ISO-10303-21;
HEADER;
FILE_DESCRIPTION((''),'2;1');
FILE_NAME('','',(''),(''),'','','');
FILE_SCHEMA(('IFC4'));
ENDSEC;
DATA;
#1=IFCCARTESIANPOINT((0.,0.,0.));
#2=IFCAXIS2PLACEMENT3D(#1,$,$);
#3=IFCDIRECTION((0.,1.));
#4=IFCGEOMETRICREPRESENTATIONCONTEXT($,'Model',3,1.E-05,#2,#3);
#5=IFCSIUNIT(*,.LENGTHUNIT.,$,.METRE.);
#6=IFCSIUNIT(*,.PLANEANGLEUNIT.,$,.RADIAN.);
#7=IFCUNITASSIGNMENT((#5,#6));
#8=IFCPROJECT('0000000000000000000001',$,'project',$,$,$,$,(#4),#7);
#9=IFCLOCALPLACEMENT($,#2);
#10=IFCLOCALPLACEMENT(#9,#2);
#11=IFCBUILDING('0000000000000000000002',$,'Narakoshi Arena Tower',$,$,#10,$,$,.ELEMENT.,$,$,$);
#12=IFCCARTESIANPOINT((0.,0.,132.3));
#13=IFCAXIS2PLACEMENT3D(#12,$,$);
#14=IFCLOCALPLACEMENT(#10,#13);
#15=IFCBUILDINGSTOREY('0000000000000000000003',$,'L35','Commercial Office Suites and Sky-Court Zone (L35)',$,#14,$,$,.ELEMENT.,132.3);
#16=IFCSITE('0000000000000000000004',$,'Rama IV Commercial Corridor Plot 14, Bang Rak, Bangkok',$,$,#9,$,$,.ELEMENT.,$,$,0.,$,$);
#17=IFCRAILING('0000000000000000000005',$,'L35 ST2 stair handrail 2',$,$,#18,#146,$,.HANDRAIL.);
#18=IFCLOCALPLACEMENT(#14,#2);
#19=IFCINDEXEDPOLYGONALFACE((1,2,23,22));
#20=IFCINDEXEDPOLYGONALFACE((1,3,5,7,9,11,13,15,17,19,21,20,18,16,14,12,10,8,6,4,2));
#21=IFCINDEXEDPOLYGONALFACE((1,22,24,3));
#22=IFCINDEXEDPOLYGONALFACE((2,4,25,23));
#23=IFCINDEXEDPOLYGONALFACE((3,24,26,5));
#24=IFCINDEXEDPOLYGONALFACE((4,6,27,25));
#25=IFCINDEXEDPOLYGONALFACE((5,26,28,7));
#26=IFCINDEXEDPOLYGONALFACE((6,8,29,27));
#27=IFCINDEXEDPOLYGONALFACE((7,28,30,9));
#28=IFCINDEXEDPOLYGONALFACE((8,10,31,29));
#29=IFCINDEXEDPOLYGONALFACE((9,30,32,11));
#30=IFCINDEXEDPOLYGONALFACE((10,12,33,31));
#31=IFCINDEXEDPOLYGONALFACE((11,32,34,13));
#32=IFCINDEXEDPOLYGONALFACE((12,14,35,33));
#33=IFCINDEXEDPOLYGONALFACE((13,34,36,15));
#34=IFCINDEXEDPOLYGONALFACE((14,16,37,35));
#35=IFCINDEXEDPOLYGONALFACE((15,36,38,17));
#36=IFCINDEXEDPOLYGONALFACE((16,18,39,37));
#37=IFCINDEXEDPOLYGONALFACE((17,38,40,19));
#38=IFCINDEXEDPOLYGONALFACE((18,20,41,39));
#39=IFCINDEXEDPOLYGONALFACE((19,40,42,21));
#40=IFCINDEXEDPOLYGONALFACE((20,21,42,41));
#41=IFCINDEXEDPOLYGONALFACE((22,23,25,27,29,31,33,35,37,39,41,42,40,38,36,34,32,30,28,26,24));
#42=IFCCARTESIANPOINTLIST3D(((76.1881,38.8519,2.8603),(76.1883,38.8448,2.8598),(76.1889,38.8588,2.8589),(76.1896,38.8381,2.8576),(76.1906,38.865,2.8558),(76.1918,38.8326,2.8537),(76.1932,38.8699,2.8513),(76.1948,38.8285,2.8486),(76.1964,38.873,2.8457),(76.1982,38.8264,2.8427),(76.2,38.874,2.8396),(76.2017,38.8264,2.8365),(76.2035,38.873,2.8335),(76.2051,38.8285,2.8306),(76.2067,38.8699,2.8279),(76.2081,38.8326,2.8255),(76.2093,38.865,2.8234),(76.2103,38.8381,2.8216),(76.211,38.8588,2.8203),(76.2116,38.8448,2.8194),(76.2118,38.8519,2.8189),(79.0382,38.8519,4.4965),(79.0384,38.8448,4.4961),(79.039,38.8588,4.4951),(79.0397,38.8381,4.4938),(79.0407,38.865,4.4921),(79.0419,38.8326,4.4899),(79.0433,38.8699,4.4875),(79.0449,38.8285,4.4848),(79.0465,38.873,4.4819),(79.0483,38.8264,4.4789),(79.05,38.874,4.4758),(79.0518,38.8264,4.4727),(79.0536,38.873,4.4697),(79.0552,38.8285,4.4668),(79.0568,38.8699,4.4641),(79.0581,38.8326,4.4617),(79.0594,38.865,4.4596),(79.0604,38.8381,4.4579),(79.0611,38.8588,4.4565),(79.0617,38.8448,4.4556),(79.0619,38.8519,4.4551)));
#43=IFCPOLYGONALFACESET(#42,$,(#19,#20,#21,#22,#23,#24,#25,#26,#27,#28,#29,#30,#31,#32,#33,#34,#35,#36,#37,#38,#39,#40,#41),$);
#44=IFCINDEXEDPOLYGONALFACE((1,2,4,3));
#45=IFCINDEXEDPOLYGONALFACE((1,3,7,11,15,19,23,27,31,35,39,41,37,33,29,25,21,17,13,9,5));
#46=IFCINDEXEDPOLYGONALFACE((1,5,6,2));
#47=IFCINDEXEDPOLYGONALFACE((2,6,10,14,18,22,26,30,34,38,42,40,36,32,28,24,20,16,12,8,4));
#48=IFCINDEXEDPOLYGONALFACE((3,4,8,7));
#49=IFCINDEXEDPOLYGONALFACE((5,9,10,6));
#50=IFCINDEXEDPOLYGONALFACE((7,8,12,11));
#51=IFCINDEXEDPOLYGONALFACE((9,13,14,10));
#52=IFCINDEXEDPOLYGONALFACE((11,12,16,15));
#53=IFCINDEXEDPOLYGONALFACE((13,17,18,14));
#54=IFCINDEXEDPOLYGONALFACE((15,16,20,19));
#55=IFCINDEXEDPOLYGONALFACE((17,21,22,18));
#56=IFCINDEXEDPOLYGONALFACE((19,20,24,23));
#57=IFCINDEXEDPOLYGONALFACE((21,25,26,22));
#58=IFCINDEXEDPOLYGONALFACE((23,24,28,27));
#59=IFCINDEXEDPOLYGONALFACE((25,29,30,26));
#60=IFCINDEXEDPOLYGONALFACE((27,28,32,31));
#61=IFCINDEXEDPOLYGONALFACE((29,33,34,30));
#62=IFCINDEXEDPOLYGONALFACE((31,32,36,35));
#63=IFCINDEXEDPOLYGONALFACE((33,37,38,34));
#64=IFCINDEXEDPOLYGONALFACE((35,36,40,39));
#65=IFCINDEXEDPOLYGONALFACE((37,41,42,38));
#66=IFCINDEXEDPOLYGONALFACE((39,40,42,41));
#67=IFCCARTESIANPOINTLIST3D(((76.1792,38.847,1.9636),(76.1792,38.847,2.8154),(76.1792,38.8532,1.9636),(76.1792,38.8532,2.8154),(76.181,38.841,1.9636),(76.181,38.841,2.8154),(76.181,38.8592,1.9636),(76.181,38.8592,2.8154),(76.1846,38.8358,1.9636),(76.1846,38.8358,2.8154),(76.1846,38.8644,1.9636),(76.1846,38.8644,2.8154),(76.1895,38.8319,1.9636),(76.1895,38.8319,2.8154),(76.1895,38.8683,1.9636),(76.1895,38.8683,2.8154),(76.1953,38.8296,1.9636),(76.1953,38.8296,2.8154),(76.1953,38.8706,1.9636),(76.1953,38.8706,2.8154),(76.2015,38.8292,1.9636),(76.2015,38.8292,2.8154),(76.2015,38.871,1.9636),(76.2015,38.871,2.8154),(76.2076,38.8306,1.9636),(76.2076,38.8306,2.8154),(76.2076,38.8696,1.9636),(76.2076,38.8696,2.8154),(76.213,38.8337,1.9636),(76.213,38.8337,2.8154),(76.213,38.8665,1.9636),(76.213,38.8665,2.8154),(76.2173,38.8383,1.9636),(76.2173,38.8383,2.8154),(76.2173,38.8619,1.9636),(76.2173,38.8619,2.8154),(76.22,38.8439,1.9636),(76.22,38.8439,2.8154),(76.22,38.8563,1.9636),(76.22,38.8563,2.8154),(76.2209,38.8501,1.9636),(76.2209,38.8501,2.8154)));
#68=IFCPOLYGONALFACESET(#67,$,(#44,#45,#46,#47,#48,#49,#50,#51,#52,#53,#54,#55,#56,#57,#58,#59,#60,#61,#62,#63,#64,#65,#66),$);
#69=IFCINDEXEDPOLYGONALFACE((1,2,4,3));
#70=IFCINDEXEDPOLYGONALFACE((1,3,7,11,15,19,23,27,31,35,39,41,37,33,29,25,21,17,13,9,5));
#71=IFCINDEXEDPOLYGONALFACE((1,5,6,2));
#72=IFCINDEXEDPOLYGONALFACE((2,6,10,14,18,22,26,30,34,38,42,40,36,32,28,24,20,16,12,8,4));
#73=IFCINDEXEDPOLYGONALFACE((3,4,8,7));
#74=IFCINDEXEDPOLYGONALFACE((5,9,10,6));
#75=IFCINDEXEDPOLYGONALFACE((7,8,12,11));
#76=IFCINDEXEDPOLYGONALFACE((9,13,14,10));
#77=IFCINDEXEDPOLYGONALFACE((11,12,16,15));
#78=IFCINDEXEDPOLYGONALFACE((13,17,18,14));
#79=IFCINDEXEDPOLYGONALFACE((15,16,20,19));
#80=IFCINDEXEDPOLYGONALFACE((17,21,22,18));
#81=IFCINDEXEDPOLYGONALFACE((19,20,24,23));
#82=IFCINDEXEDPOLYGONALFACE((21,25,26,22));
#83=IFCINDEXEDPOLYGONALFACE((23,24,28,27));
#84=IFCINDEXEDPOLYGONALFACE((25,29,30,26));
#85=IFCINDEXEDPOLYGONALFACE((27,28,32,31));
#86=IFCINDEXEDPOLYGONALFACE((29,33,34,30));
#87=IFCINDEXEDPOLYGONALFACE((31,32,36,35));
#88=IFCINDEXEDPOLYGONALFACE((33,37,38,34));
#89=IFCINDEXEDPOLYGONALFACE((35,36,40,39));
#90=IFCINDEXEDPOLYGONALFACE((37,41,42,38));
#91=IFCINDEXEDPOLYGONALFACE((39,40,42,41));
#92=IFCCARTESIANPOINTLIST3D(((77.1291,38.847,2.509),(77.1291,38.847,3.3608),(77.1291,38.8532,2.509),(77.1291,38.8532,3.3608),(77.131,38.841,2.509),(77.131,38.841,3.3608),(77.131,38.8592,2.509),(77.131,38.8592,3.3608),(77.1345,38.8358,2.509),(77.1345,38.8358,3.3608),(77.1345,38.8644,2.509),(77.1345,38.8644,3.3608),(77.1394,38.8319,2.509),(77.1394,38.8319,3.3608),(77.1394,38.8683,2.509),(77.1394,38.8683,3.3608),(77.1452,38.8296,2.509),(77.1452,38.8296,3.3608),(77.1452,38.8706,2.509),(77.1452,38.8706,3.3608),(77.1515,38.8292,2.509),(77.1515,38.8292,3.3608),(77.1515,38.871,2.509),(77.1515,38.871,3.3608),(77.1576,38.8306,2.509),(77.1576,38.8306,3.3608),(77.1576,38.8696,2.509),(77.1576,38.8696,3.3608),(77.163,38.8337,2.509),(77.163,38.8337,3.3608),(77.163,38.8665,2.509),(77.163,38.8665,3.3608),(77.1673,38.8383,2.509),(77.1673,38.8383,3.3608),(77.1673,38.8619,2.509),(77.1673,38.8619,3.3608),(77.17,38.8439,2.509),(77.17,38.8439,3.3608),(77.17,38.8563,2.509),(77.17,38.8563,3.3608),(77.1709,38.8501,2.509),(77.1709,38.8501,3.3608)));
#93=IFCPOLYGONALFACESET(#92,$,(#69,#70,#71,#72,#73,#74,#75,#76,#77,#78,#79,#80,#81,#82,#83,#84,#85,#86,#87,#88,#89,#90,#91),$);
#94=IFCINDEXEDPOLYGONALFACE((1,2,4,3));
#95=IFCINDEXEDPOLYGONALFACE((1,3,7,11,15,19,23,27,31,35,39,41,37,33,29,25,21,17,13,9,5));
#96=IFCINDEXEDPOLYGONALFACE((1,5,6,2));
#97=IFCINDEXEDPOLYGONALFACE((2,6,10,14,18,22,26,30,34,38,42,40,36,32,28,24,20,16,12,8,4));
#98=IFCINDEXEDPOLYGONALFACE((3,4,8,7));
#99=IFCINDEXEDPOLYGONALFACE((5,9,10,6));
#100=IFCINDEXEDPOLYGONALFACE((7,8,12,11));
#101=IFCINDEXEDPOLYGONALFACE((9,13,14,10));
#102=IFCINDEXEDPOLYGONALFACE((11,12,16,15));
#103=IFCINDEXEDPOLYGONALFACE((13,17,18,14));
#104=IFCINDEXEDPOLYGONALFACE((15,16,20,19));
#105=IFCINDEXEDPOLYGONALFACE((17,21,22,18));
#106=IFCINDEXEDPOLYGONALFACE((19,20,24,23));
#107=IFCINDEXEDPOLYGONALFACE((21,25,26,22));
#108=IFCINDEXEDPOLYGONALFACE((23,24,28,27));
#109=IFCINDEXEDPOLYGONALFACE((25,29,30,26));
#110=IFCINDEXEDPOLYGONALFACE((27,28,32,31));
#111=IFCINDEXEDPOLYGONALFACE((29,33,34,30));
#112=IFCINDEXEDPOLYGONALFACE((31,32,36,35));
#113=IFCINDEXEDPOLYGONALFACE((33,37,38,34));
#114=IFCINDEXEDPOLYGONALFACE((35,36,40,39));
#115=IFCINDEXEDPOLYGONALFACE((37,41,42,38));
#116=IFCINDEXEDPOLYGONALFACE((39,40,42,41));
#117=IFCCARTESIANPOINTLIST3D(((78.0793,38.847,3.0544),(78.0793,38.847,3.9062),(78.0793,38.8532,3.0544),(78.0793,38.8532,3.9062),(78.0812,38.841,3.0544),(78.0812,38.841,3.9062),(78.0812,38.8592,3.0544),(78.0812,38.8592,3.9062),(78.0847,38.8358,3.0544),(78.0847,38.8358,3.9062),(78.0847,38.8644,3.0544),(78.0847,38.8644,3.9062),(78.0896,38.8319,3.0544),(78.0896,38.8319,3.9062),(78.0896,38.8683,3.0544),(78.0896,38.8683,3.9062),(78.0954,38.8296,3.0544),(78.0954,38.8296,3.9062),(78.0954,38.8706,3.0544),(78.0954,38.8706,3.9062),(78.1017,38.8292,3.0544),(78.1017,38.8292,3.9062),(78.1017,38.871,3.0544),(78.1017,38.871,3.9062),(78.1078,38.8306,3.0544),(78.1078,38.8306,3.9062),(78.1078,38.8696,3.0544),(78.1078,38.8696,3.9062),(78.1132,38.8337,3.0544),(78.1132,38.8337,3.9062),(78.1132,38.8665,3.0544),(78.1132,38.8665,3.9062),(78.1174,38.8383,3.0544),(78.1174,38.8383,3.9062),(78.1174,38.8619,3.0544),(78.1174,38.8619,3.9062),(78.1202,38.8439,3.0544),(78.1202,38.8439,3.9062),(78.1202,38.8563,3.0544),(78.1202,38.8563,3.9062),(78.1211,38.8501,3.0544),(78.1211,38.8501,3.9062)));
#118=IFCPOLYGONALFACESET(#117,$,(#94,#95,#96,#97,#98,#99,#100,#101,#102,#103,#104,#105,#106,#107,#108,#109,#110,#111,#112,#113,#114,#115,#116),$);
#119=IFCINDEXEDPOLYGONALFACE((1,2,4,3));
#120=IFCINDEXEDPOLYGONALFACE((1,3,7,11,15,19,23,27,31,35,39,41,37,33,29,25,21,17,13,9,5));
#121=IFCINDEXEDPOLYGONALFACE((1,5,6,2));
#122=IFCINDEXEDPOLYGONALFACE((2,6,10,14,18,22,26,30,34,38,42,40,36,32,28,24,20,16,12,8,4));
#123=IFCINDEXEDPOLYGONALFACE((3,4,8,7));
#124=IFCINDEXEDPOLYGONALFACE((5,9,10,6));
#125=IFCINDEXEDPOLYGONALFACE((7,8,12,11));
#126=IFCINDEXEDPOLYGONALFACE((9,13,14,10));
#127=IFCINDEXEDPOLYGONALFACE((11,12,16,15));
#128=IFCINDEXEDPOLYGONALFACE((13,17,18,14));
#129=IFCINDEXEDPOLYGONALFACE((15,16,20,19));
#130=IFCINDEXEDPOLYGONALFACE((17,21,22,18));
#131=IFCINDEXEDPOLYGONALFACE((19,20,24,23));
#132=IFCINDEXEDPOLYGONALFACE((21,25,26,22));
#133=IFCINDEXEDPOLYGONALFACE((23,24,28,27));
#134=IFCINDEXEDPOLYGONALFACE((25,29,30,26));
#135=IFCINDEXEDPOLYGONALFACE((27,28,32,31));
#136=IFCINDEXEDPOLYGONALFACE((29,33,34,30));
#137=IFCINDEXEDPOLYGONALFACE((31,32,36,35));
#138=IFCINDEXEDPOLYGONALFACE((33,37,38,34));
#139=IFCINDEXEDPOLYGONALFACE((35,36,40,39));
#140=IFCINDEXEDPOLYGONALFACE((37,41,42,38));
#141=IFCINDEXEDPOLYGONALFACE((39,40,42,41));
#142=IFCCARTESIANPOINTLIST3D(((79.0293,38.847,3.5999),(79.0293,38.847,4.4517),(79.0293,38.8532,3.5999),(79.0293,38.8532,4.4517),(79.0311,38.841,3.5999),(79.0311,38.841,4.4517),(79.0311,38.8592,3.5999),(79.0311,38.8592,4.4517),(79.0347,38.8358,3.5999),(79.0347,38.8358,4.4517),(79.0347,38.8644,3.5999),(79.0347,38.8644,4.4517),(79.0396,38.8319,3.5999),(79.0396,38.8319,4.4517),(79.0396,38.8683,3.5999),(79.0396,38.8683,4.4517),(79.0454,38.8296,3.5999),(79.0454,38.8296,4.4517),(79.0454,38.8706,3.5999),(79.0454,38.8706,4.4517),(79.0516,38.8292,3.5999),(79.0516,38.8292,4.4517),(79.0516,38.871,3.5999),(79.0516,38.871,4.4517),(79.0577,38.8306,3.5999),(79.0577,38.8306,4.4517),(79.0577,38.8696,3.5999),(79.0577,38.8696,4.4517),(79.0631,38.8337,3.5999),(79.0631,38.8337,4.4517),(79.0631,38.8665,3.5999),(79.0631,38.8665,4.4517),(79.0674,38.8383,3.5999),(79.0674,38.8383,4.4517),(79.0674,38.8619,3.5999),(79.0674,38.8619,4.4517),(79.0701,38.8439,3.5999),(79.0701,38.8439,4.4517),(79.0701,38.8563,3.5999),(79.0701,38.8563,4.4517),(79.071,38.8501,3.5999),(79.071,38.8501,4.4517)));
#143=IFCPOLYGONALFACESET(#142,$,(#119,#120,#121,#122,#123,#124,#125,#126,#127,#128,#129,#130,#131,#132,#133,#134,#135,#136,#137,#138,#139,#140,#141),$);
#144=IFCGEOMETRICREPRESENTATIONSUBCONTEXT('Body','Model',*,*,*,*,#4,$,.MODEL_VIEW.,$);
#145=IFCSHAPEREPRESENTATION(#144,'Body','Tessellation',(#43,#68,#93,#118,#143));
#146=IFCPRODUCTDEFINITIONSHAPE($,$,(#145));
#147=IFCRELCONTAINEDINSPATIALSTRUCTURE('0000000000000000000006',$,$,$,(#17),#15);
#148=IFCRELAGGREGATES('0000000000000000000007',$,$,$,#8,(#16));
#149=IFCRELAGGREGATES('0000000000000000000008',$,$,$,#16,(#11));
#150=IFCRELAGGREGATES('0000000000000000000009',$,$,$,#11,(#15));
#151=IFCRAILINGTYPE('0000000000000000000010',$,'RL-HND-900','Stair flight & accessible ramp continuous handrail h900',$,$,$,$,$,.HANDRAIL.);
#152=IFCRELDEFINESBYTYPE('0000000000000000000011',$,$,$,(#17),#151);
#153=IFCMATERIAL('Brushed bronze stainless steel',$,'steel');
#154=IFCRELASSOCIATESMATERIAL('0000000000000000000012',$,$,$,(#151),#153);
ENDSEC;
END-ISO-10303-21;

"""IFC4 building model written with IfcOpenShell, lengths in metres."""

from ifc_helpers import new_model, si_unit, direction, frame, origin, origin_2d, place, context, subcontext, project, spatial, circle, extrude, material, type_object, element, save


model = new_model("IFC4")

# Units and contexts
model_context = context("Model", 3, precision=1e-05, world=origin(), true_north=direction((0.0, 1.0)))
body_context = subcontext(model_context, "Body", "Model", "MODEL_VIEW")
ifc_project = project(units=[si_unit("LENGTHUNIT", "METRE"), si_unit("PLANEANGLEUNIT", "RADIAN")], contexts=[model_context])

# Site, building, storey
site_placement = place(None, origin())
site = spatial("IfcSite", under=ifc_project, at=site_placement, Name="Rama IV Commercial Corridor Plot 14, Bang Rak, Bangkok", CompositionType="ELEMENT", RefElevation=0.0)
building_placement = place(site_placement, origin())
building = spatial("IfcBuilding", under=site, at=building_placement, Name="Narakoshi Arena Tower", CompositionType="ELEMENT")
storey_placement = place(building_placement, frame((0.0, 0.0, 132.3)))
storey = spatial("IfcBuildingStorey", under=building, at=storey_placement, Name="L35", Description="Commercial Office Suites and Sky-Court Zone (L35)", CompositionType="ELEMENT", Elevation=132.3)

# Railing
ifc_material_1 = material(Name="Brushed bronze stainless steel", Category="steel")
railing_type_1 = type_object("IfcRailingType", Name="RL-HND-900", Description="Stair flight & accessible ramp continuous handrail h900", PredefinedType="HANDRAIL", material=ifc_material_1)
railing_1_placement = place(storey_placement, frame((76.2, 38.8501, 1.9636)))
element("IfcRailing", 1, at=railing_1_placement, inside=storey, type_object=railing_type_1, Name="L35 ST2 stair handrail 2", PredefinedType="HANDRAIL", context=body_context, shape_type="SweptSolid", body=[
    extrude(circle(Radius=0.0239, at=origin_2d()), frame((0.0, 0.0, 0.876), z_axis=(0.867245, 0.0, 0.497882), x_axis=(0.0, 1.0, 0.0)), (0.0, 0.0, 1.0), 3.2864),
    extrude(circle(Radius=0.021, at=origin_2d()), origin(), (0.0, 0.0, 1.0), 0.8518),
    extrude(circle(Radius=0.021, at=origin_2d()), frame((0.95, 0.0, 0.5454)), (0.0, 0.0, 1.0), 0.8518),
    extrude(circle(Radius=0.021, at=origin_2d()), frame((1.9001, 0.0, 1.0908)), (0.0, 0.0, 1.0), 0.8518),
    extrude(circle(Radius=0.021, at=origin_2d()), frame((2.8501, 0.0, 1.6362)), (0.0, 0.0, 1.0), 0.8518),
])

save(model, "model.ifc")
